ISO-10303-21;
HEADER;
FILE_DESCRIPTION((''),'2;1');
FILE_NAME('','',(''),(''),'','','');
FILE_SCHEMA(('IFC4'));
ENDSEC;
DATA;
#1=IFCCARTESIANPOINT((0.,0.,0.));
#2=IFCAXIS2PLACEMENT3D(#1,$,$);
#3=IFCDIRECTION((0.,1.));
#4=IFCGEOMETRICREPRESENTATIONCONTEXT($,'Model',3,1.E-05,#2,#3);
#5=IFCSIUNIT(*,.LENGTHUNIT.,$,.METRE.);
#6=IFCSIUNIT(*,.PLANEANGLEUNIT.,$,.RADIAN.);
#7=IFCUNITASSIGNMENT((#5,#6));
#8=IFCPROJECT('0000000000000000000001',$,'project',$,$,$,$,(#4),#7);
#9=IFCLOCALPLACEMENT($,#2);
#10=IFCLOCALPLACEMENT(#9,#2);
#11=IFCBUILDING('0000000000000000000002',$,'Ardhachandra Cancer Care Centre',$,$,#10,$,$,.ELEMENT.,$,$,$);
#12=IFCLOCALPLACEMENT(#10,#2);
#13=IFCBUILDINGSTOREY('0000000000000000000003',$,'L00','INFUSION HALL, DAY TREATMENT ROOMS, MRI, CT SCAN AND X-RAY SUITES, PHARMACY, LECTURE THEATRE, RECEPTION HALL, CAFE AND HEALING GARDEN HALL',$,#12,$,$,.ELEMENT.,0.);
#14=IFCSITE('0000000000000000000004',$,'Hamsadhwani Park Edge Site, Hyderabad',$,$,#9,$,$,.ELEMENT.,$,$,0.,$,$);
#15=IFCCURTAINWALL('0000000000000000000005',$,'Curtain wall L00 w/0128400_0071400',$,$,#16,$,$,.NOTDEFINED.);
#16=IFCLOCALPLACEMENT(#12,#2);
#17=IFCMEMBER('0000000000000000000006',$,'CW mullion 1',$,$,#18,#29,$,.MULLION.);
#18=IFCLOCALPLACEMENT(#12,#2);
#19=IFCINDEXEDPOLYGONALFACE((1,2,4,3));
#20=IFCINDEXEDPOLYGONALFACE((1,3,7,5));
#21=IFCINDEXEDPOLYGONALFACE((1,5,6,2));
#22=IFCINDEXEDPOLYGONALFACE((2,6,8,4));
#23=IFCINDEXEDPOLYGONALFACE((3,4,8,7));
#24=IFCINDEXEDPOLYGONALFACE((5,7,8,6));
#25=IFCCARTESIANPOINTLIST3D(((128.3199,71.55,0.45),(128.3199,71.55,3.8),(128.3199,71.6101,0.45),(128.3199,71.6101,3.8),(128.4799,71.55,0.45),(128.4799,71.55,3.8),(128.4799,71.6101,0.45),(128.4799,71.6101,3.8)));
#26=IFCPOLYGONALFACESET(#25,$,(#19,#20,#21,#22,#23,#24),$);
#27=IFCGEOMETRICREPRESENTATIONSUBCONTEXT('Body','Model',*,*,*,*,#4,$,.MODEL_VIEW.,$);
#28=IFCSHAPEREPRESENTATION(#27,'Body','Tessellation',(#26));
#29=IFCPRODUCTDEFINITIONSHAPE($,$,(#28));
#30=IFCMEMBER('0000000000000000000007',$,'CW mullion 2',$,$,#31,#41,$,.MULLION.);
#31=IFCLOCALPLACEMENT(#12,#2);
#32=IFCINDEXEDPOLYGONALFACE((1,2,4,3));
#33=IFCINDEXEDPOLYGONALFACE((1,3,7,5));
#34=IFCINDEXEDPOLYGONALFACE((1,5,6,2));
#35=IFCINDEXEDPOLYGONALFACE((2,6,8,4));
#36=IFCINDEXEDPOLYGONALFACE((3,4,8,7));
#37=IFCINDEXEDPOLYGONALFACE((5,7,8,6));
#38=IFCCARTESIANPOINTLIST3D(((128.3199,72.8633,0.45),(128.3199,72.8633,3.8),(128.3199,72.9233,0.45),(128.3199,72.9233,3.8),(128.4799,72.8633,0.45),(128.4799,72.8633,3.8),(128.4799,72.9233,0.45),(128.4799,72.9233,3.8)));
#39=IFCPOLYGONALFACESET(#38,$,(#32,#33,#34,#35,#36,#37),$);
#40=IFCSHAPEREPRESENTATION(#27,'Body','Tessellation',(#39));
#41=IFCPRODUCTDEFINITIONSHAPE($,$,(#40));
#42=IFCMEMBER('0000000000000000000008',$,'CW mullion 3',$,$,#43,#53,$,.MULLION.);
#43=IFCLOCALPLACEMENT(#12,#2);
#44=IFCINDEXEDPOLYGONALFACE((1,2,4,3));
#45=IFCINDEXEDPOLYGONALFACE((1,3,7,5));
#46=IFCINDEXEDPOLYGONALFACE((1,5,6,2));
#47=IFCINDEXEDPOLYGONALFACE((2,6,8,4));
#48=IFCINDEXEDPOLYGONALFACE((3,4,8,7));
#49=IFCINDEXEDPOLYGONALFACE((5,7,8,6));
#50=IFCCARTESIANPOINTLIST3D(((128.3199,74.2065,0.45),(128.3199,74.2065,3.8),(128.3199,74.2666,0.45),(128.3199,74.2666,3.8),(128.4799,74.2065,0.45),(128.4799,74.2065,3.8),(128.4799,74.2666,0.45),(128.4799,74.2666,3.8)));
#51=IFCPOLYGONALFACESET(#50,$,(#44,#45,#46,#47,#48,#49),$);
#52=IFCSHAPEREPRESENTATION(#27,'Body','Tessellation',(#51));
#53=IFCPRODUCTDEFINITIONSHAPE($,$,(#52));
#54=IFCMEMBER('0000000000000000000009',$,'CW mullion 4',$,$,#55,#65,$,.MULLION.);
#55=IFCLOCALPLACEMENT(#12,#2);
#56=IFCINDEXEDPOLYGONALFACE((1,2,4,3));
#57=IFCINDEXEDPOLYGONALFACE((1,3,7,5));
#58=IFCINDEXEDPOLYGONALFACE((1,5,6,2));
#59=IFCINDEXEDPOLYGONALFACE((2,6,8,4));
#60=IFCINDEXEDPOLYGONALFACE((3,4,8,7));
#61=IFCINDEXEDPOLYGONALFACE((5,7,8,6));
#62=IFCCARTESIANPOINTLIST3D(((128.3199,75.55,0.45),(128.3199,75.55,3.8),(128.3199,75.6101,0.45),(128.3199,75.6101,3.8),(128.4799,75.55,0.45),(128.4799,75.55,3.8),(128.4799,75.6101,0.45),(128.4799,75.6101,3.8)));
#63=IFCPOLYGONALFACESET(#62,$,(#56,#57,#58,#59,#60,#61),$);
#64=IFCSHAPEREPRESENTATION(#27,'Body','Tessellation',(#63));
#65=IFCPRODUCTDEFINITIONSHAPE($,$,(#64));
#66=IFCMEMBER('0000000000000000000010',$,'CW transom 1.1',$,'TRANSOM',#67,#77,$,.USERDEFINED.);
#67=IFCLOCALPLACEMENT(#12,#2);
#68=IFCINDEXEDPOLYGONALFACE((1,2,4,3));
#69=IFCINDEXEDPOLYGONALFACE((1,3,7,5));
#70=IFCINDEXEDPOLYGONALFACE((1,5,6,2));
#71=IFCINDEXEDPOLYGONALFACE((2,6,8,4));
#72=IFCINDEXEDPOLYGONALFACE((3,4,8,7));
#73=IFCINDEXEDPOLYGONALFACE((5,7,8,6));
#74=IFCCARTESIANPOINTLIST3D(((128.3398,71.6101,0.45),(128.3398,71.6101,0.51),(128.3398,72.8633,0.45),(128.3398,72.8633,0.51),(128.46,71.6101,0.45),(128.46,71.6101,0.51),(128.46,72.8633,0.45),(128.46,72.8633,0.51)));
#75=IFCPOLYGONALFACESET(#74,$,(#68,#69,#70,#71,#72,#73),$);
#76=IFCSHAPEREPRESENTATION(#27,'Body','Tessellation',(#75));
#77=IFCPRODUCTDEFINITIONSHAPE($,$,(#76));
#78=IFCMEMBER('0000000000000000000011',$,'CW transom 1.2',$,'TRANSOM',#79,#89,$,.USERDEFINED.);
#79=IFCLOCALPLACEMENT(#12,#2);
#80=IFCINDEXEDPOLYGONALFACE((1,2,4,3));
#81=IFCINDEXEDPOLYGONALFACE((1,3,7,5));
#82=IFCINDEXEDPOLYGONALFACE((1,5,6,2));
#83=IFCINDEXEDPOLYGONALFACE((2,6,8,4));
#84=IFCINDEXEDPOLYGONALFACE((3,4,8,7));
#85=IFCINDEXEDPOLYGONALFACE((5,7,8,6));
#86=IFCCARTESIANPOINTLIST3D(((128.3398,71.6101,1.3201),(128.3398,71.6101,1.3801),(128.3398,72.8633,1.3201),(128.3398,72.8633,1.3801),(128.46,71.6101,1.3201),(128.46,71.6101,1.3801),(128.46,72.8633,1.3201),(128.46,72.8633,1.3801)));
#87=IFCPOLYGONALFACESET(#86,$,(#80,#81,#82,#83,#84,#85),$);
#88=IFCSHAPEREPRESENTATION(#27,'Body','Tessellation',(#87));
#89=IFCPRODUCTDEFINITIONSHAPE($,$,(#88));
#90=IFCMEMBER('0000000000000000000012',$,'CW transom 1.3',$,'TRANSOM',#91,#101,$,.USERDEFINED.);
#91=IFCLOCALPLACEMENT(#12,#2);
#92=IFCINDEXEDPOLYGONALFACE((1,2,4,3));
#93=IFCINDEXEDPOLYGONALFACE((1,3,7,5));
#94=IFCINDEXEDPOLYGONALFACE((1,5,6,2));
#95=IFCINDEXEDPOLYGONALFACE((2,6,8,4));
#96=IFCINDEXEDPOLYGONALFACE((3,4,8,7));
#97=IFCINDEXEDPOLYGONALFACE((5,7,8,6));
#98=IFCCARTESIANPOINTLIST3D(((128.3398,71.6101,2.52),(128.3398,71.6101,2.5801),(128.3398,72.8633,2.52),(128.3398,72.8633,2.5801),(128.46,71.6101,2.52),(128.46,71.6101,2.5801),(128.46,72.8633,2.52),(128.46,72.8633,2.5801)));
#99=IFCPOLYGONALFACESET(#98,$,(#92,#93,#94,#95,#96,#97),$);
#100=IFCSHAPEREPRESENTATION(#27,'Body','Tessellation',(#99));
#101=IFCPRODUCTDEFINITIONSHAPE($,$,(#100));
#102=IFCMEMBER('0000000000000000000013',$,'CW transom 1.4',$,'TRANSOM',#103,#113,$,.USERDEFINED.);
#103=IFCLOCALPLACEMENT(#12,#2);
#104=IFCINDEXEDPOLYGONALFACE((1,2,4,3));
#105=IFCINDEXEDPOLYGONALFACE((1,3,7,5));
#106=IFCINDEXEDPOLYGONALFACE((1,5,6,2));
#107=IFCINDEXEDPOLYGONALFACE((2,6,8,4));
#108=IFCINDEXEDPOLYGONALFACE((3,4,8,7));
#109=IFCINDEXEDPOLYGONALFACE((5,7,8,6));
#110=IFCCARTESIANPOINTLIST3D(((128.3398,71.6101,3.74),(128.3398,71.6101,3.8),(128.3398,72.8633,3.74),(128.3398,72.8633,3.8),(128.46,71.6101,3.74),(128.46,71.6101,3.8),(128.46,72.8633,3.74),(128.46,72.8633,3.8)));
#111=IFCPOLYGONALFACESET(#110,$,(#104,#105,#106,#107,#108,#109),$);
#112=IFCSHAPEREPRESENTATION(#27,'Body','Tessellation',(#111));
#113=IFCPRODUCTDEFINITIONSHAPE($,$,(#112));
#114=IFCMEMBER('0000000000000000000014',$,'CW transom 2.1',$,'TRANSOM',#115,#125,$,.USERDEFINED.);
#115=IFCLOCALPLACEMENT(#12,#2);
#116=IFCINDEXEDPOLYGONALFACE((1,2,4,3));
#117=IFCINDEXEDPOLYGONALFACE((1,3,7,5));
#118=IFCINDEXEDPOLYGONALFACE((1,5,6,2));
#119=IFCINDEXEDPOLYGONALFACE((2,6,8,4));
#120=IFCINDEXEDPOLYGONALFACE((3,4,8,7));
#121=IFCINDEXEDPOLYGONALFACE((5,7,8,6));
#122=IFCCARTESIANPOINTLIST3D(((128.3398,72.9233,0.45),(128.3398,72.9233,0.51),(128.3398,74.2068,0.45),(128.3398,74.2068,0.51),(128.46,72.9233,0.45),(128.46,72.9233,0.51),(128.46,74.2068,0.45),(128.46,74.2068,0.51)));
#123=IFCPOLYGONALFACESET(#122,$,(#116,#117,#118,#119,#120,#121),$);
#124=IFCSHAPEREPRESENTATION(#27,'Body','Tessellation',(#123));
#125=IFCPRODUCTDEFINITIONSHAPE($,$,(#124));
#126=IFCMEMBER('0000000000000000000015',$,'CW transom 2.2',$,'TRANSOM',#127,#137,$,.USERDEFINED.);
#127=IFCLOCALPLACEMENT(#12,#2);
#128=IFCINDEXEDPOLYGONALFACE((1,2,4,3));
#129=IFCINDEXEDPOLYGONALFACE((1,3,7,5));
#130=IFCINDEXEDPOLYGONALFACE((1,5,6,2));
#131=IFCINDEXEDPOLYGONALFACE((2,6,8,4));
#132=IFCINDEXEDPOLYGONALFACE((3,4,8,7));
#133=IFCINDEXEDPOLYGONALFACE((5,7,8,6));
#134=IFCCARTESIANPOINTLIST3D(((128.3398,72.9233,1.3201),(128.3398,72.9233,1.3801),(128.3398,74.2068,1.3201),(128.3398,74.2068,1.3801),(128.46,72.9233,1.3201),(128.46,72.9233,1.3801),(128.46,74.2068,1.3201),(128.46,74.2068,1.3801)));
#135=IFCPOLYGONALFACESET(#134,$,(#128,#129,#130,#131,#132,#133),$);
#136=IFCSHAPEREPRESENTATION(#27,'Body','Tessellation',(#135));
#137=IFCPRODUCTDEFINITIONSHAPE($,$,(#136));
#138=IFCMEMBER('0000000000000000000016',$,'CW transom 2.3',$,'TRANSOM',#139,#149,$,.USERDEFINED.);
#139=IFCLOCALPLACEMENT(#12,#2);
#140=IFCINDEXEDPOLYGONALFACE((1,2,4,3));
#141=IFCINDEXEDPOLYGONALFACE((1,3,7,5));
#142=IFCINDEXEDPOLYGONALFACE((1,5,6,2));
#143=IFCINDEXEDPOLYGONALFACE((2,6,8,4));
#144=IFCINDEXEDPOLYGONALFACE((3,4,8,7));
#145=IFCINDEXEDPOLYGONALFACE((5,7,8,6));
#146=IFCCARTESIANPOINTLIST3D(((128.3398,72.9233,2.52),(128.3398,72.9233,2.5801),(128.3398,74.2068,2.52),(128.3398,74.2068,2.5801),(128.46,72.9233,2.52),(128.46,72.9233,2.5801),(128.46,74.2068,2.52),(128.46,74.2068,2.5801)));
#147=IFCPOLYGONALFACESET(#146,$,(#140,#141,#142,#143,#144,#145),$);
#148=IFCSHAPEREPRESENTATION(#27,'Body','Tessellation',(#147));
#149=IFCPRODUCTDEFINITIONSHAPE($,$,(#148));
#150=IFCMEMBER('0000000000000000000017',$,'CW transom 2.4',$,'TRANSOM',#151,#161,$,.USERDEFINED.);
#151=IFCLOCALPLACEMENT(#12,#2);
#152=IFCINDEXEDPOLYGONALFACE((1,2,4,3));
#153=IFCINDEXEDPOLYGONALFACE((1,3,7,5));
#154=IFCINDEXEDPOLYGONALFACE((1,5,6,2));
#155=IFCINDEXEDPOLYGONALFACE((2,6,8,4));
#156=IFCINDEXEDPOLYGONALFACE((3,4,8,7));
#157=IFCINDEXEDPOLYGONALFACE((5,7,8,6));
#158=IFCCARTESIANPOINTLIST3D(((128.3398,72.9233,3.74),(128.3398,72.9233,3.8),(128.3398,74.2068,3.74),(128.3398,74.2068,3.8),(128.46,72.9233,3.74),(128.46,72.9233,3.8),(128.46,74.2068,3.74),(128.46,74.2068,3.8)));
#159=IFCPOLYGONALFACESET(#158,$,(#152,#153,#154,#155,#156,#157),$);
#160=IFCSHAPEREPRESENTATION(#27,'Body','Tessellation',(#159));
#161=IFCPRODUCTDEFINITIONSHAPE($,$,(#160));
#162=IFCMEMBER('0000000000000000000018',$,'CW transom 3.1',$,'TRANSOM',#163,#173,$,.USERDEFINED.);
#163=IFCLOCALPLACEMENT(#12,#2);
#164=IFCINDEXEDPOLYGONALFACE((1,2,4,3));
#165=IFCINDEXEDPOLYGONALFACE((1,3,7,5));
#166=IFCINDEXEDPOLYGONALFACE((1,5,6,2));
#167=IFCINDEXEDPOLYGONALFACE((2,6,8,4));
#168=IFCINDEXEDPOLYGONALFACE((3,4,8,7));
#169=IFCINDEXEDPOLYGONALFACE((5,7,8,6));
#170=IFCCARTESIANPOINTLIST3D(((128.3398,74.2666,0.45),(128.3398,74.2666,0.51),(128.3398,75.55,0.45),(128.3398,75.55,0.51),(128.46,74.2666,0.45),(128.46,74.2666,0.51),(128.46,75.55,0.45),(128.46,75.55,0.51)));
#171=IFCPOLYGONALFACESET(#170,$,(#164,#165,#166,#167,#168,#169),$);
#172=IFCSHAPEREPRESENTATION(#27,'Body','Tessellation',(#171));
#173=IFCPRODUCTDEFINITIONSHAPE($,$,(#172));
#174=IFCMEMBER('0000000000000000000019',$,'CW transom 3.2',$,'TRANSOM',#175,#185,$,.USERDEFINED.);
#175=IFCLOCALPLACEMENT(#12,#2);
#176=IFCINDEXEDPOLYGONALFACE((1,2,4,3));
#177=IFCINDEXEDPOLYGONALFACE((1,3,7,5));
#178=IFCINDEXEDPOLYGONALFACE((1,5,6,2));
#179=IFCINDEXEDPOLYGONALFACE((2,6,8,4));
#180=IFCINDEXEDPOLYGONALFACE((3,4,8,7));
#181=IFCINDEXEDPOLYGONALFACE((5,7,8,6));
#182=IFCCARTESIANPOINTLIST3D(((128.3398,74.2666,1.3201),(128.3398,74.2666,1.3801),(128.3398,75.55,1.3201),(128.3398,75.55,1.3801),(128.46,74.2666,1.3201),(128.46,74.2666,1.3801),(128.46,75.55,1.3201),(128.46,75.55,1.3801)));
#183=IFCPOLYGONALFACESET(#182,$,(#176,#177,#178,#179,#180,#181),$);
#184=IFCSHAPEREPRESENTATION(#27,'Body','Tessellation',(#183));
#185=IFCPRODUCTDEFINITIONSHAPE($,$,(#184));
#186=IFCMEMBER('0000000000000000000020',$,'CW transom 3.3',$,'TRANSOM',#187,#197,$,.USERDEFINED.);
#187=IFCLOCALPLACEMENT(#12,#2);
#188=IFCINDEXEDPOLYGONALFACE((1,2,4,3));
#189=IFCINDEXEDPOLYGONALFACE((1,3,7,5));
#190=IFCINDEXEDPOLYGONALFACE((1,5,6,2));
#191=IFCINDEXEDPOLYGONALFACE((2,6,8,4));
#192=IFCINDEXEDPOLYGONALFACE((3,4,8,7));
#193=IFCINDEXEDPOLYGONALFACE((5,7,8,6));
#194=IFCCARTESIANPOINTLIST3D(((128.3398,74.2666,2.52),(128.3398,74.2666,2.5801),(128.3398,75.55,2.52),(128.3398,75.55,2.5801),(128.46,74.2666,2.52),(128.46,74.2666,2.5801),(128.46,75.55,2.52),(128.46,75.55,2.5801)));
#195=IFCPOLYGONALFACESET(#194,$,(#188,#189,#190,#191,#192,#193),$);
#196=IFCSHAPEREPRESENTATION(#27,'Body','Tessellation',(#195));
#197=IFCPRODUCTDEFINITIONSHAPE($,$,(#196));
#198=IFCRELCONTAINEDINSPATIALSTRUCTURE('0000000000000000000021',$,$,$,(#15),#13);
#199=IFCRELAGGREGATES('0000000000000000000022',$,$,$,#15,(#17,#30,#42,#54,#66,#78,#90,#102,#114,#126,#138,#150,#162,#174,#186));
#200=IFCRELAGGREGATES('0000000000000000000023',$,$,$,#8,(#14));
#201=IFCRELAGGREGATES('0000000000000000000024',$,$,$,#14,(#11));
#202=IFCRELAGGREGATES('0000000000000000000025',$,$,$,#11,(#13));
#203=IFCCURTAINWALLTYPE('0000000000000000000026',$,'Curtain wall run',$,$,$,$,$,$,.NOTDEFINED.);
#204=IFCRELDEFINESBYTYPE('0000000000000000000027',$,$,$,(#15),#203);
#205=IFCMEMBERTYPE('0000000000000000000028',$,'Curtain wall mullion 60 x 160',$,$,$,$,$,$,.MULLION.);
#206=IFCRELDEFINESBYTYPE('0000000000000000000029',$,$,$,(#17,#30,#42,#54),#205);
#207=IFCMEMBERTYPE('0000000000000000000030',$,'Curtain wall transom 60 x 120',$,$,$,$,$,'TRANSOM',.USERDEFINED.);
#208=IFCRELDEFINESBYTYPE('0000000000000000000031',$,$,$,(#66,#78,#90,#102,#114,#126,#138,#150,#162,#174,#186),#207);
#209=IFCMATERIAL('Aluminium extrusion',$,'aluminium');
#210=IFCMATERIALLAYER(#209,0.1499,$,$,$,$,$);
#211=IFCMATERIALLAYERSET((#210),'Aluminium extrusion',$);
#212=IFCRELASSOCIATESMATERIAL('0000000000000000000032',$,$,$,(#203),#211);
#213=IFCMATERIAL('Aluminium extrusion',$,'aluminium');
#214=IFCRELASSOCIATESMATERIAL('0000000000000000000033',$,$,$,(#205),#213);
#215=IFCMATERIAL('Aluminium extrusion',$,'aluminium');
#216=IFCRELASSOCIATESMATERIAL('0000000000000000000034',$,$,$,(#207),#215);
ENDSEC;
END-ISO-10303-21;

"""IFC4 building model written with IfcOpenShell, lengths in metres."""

from ifc_helpers import new_model, si_unit, direction, frame, origin, origin_2d, place, context, subcontext, project, spatial, rectangle, extrude, material, layer, layer_set, material_profile, profile_set, type_object, element, aggregate, save


model = new_model("IFC4")

# Units and contexts
model_context = context("Model", 3, precision=1e-05, world=origin(), true_north=direction((0.0, 1.0)))
body_context = subcontext(model_context, "Body", "Model", "MODEL_VIEW")
ifc_project = project(units=[si_unit("LENGTHUNIT", "METRE"), si_unit("PLANEANGLEUNIT", "RADIAN")], contexts=[model_context])

# Site, building, storey
site_placement = place(None, origin())
site = spatial("IfcSite", under=ifc_project, at=site_placement, Name="Hamsadhwani Park Edge Site, Hyderabad", CompositionType="ELEMENT", RefElevation=0.0)
building_placement = place(site_placement, origin())
building = spatial("IfcBuilding", under=site, at=building_placement, Name="Ardhachandra Cancer Care Centre", CompositionType="ELEMENT")
storey_placement = place(building_placement, origin())
storey = spatial("IfcBuildingStorey", under=building, at=storey_placement, Name="L00", Description="INFUSION HALL, DAY TREATMENT ROOMS, MRI, CT SCAN AND X-RAY SUITES, PHARMACY, LECTURE THEATRE, RECEPTION HALL, CAFE AND HEALING GARDEN HALL", CompositionType="ELEMENT", Elevation=0.0)

# Curtain wall, members
ifc_material_1 = material(Name="Aluminium extrusion", Category="aluminium")
ifc_layer_1 = layer(ifc_material_1, 0.1499)
ifc_layer_set_1 = layer_set([ifc_layer_1], Name="Aluminium extrusion")
curtain_wall_type = type_object("IfcCurtainWallType", Name="Curtain wall run", PredefinedType="NOTDEFINED", material=ifc_layer_set_1)
curtain_wall_placement = place(storey_placement, origin())
curtain_wall = element("IfcCurtainWall", 1, at=curtain_wall_placement, inside=storey, type_object=curtain_wall_type, Name="Curtain wall L00 w/0128400_0071400", PredefinedType="NOTDEFINED")
ifc_material_2 = material(Name="Aluminium extrusion", Category="aluminium")
ifc_material_profile_1 = material_profile(ifc_material_2, rectangle(XDim=0.1599, YDim=0.0601, at=origin_2d()), Name="Curtain wall mullion 60 x 160")
ifc_profile_set_1 = profile_set([ifc_material_profile_1], Name="Aluminium extrusion")
member_type_1 = type_object("IfcMemberType", Name="Curtain wall mullion 60 x 160", PredefinedType="MULLION", material=ifc_profile_set_1)
member_1_placement = place(storey_placement, frame((128.3999, 71.5801, 0.45), z_axis=(0.0, 0.0, 1.0), x_axis=(-1.0, 0.0, 0.0)))
member_1 = element("IfcMember", 2, at=member_1_placement, type_object=member_type_1, Name="CW mullion 1", PredefinedType="MULLION", context=body_context, shape_type="SweptSolid", body=[
    extrude(rectangle(XDim=0.1599, YDim=0.0601, at=origin_2d()), origin(), (0.0, 0.0, 1.0), 3.3501),
])
member_2_placement = place(storey_placement, frame((128.3999, 72.8933, 0.45), z_axis=(0.0, 0.0, 1.0), x_axis=(-1.0, 0.0, 0.0)))
member_2 = element("IfcMember", 3, at=member_2_placement, type_object=member_type_1, Name="CW mullion 2", PredefinedType="MULLION", context=body_context, shape_type="SweptSolid", body=[
    extrude(rectangle(XDim=0.1599, YDim=0.0601, at=origin_2d()), origin(), (0.0, 0.0, 1.0), 3.3501),
])
member_3_placement = place(storey_placement, frame((128.3999, 74.2366, 0.45), z_axis=(0.0, 0.0, 1.0), x_axis=(-1.0, 0.0, 0.0)))
member_3 = element("IfcMember", 4, at=member_3_placement, type_object=member_type_1, Name="CW mullion 3", PredefinedType="MULLION", context=body_context, shape_type="SweptSolid", body=[
    extrude(rectangle(XDim=0.1599, YDim=0.0601, at=origin_2d()), origin(), (0.0, 0.0, 1.0), 3.3501),
])
member_4_placement = place(storey_placement, frame((128.3999, 75.5801, 0.45), z_axis=(0.0, 0.0, 1.0), x_axis=(-1.0, 0.0, 0.0)))
member_4 = element("IfcMember", 5, at=member_4_placement, type_object=member_type_1, Name="CW mullion 4", PredefinedType="MULLION", context=body_context, shape_type="SweptSolid", body=[
    extrude(rectangle(XDim=0.1599, YDim=0.0601, at=origin_2d()), origin(), (0.0, 0.0, 1.0), 3.3501),
])
ifc_material_3 = material(Name="Aluminium extrusion", Category="aluminium")
ifc_material_profile_2 = material_profile(ifc_material_3, rectangle(XDim=0.1201, YDim=0.0601, at=origin_2d()), Name="Curtain wall transom 60 x 120")
ifc_profile_set_2 = profile_set([ifc_material_profile_2], Name="Aluminium extrusion")
member_type_2 = type_object("IfcMemberType", Name="Curtain wall transom 60 x 120", ElementType="TRANSOM", PredefinedType="USERDEFINED", material=ifc_profile_set_2)
member_5_placement = place(storey_placement, frame((128.3999, 71.6101, 0.48), z_axis=(0.0, 1.0, 0.0), x_axis=(-1.0, 0.0, 0.0)))
member_5 = element("IfcMember", 6, at=member_5_placement, type_object=member_type_2, Name="CW transom 1.1", ObjectType="TRANSOM", PredefinedType="USERDEFINED", context=body_context, shape_type="SweptSolid", body=[
    extrude(rectangle(XDim=0.1201, YDim=0.0601, at=origin_2d()), origin(), (0.0, 0.0, 1.0), 1.2532),
])
member_6_placement = place(storey_placement, frame((128.3999, 71.6101, 1.3501), z_axis=(0.0, 1.0, 0.0), x_axis=(-1.0, 0.0, 0.0)))
member_6 = element("IfcMember", 7, at=member_6_placement, type_object=member_type_2, Name="CW transom 1.2", ObjectType="TRANSOM", PredefinedType="USERDEFINED", context=body_context, shape_type="SweptSolid", body=[
    extrude(rectangle(XDim=0.1201, YDim=0.0601, at=origin_2d()), origin(), (0.0, 0.0, 1.0), 1.2532),
])
member_7_placement = place(storey_placement, frame((128.3999, 71.6101, 2.55), z_axis=(0.0, 1.0, 0.0), x_axis=(-1.0, 0.0, 0.0)))
member_7 = element("IfcMember", 8, at=member_7_placement, type_object=member_type_2, Name="CW transom 1.3", ObjectType="TRANSOM", PredefinedType="USERDEFINED", context=body_context, shape_type="SweptSolid", body=[
    extrude(rectangle(XDim=0.1201, YDim=0.0601, at=origin_2d()), origin(), (0.0, 0.0, 1.0), 1.2532),
])
member_8_placement = place(storey_placement, frame((128.3999, 71.6101, 3.77), z_axis=(0.0, 1.0, 0.0), x_axis=(-1.0, 0.0, 0.0)))
member_8 = element("IfcMember", 9, at=member_8_placement, type_object=member_type_2, Name="CW transom 1.4", ObjectType="TRANSOM", PredefinedType="USERDEFINED", context=body_context, shape_type="SweptSolid", body=[
    extrude(rectangle(XDim=0.1201, YDim=0.0601, at=origin_2d()), origin(), (0.0, 0.0, 1.0), 1.2532),
])
member_9_placement = place(storey_placement, frame((128.3999, 72.9233, 0.48), z_axis=(0.0, 1.0, 0.0), x_axis=(-1.0, 0.0, 0.0)))
member_9 = element("IfcMember", 10, at=member_9_placement, type_object=member_type_2, Name="CW transom 2.1", ObjectType="TRANSOM", PredefinedType="USERDEFINED", context=body_context, shape_type="SweptSolid", body=[
    extrude(rectangle(XDim=0.1201, YDim=0.0601, at=origin_2d()), origin(), (0.0, 0.0, 1.0), 1.2834),
])
member_10_placement = place(storey_placement, frame((128.3999, 72.9233, 1.3501), z_axis=(0.0, 1.0, 0.0), x_axis=(-1.0, 0.0, 0.0)))
member_10 = element("IfcMember", 11, at=member_10_placement, type_object=member_type_2, Name="CW transom 2.2", ObjectType="TRANSOM", PredefinedType="USERDEFINED", context=body_context, shape_type="SweptSolid", body=[
    extrude(rectangle(XDim=0.1201, YDim=0.0601, at=origin_2d()), origin(), (0.0, 0.0, 1.0), 1.2834),
])
member_11_placement = place(storey_placement, frame((128.3999, 72.9233, 2.55), z_axis=(0.0, 1.0, 0.0), x_axis=(-1.0, 0.0, 0.0)))
member_11 = element("IfcMember", 12, at=member_11_placement, type_object=member_type_2, Name="CW transom 2.3", ObjectType="TRANSOM", PredefinedType="USERDEFINED", context=body_context, shape_type="SweptSolid", body=[
    extrude(rectangle(XDim=0.1201, YDim=0.0601, at=origin_2d()), origin(), (0.0, 0.0, 1.0), 1.2834),
])
member_12_placement = place(storey_placement, frame((128.3999, 72.9233, 3.77), z_axis=(0.0, 1.0, 0.0), x_axis=(-1.0, 0.0, 0.0)))
member_12 = element("IfcMember", 13, at=member_12_placement, type_object=member_type_2, Name="CW transom 2.4", ObjectType="TRANSOM", PredefinedType="USERDEFINED", context=body_context, shape_type="SweptSolid", body=[
    extrude(rectangle(XDim=0.1201, YDim=0.0601, at=origin_2d()), origin(), (0.0, 0.0, 1.0), 1.2834),
])
member_13_placement = place(storey_placement, frame((128.3999, 74.2666, 0.48), z_axis=(0.0, 1.0, 0.0), x_axis=(-1.0, 0.0, 0.0)))
member_13 = element("IfcMember", 14, at=member_13_placement, type_object=member_type_2, Name="CW transom 3.1", ObjectType="TRANSOM", PredefinedType="USERDEFINED", context=body_context, shape_type="SweptSolid", body=[
    extrude(rectangle(XDim=0.1201, YDim=0.0601, at=origin_2d()), origin(), (0.0, 0.0, 1.0), 1.2834),
])
member_14_placement = place(storey_placement, frame((128.3999, 74.2666, 1.3501), z_axis=(0.0, 1.0, 0.0), x_axis=(-1.0, 0.0, 0.0)))
member_14 = element("IfcMember", 15, at=member_14_placement, type_object=member_type_2, Name="CW transom 3.2", ObjectType="TRANSOM", PredefinedType="USERDEFINED", context=body_context, shape_type="SweptSolid", body=[
    extrude(rectangle(XDim=0.1201, YDim=0.0601, at=origin_2d()), origin(), (0.0, 0.0, 1.0), 1.2834),
])
member_15_placement = place(storey_placement, frame((128.3999, 74.2666, 2.55), z_axis=(0.0, 1.0, 0.0), x_axis=(-1.0, 0.0, 0.0)))
member_15 = element("IfcMember", 16, at=member_15_placement, type_object=member_type_2, Name="CW transom 3.3", ObjectType="TRANSOM", PredefinedType="USERDEFINED", context=body_context, shape_type="SweptSolid", body=[
    extrude(rectangle(XDim=0.1201, YDim=0.0601, at=origin_2d()), origin(), (0.0, 0.0, 1.0), 1.2834),
])
aggregate(curtain_wall, [member_1, member_2, member_3, member_4, member_5, member_6, member_7, member_8, member_9, member_10, member_11, member_12, member_13, member_14, member_15])

save(model, "model.ifc")
